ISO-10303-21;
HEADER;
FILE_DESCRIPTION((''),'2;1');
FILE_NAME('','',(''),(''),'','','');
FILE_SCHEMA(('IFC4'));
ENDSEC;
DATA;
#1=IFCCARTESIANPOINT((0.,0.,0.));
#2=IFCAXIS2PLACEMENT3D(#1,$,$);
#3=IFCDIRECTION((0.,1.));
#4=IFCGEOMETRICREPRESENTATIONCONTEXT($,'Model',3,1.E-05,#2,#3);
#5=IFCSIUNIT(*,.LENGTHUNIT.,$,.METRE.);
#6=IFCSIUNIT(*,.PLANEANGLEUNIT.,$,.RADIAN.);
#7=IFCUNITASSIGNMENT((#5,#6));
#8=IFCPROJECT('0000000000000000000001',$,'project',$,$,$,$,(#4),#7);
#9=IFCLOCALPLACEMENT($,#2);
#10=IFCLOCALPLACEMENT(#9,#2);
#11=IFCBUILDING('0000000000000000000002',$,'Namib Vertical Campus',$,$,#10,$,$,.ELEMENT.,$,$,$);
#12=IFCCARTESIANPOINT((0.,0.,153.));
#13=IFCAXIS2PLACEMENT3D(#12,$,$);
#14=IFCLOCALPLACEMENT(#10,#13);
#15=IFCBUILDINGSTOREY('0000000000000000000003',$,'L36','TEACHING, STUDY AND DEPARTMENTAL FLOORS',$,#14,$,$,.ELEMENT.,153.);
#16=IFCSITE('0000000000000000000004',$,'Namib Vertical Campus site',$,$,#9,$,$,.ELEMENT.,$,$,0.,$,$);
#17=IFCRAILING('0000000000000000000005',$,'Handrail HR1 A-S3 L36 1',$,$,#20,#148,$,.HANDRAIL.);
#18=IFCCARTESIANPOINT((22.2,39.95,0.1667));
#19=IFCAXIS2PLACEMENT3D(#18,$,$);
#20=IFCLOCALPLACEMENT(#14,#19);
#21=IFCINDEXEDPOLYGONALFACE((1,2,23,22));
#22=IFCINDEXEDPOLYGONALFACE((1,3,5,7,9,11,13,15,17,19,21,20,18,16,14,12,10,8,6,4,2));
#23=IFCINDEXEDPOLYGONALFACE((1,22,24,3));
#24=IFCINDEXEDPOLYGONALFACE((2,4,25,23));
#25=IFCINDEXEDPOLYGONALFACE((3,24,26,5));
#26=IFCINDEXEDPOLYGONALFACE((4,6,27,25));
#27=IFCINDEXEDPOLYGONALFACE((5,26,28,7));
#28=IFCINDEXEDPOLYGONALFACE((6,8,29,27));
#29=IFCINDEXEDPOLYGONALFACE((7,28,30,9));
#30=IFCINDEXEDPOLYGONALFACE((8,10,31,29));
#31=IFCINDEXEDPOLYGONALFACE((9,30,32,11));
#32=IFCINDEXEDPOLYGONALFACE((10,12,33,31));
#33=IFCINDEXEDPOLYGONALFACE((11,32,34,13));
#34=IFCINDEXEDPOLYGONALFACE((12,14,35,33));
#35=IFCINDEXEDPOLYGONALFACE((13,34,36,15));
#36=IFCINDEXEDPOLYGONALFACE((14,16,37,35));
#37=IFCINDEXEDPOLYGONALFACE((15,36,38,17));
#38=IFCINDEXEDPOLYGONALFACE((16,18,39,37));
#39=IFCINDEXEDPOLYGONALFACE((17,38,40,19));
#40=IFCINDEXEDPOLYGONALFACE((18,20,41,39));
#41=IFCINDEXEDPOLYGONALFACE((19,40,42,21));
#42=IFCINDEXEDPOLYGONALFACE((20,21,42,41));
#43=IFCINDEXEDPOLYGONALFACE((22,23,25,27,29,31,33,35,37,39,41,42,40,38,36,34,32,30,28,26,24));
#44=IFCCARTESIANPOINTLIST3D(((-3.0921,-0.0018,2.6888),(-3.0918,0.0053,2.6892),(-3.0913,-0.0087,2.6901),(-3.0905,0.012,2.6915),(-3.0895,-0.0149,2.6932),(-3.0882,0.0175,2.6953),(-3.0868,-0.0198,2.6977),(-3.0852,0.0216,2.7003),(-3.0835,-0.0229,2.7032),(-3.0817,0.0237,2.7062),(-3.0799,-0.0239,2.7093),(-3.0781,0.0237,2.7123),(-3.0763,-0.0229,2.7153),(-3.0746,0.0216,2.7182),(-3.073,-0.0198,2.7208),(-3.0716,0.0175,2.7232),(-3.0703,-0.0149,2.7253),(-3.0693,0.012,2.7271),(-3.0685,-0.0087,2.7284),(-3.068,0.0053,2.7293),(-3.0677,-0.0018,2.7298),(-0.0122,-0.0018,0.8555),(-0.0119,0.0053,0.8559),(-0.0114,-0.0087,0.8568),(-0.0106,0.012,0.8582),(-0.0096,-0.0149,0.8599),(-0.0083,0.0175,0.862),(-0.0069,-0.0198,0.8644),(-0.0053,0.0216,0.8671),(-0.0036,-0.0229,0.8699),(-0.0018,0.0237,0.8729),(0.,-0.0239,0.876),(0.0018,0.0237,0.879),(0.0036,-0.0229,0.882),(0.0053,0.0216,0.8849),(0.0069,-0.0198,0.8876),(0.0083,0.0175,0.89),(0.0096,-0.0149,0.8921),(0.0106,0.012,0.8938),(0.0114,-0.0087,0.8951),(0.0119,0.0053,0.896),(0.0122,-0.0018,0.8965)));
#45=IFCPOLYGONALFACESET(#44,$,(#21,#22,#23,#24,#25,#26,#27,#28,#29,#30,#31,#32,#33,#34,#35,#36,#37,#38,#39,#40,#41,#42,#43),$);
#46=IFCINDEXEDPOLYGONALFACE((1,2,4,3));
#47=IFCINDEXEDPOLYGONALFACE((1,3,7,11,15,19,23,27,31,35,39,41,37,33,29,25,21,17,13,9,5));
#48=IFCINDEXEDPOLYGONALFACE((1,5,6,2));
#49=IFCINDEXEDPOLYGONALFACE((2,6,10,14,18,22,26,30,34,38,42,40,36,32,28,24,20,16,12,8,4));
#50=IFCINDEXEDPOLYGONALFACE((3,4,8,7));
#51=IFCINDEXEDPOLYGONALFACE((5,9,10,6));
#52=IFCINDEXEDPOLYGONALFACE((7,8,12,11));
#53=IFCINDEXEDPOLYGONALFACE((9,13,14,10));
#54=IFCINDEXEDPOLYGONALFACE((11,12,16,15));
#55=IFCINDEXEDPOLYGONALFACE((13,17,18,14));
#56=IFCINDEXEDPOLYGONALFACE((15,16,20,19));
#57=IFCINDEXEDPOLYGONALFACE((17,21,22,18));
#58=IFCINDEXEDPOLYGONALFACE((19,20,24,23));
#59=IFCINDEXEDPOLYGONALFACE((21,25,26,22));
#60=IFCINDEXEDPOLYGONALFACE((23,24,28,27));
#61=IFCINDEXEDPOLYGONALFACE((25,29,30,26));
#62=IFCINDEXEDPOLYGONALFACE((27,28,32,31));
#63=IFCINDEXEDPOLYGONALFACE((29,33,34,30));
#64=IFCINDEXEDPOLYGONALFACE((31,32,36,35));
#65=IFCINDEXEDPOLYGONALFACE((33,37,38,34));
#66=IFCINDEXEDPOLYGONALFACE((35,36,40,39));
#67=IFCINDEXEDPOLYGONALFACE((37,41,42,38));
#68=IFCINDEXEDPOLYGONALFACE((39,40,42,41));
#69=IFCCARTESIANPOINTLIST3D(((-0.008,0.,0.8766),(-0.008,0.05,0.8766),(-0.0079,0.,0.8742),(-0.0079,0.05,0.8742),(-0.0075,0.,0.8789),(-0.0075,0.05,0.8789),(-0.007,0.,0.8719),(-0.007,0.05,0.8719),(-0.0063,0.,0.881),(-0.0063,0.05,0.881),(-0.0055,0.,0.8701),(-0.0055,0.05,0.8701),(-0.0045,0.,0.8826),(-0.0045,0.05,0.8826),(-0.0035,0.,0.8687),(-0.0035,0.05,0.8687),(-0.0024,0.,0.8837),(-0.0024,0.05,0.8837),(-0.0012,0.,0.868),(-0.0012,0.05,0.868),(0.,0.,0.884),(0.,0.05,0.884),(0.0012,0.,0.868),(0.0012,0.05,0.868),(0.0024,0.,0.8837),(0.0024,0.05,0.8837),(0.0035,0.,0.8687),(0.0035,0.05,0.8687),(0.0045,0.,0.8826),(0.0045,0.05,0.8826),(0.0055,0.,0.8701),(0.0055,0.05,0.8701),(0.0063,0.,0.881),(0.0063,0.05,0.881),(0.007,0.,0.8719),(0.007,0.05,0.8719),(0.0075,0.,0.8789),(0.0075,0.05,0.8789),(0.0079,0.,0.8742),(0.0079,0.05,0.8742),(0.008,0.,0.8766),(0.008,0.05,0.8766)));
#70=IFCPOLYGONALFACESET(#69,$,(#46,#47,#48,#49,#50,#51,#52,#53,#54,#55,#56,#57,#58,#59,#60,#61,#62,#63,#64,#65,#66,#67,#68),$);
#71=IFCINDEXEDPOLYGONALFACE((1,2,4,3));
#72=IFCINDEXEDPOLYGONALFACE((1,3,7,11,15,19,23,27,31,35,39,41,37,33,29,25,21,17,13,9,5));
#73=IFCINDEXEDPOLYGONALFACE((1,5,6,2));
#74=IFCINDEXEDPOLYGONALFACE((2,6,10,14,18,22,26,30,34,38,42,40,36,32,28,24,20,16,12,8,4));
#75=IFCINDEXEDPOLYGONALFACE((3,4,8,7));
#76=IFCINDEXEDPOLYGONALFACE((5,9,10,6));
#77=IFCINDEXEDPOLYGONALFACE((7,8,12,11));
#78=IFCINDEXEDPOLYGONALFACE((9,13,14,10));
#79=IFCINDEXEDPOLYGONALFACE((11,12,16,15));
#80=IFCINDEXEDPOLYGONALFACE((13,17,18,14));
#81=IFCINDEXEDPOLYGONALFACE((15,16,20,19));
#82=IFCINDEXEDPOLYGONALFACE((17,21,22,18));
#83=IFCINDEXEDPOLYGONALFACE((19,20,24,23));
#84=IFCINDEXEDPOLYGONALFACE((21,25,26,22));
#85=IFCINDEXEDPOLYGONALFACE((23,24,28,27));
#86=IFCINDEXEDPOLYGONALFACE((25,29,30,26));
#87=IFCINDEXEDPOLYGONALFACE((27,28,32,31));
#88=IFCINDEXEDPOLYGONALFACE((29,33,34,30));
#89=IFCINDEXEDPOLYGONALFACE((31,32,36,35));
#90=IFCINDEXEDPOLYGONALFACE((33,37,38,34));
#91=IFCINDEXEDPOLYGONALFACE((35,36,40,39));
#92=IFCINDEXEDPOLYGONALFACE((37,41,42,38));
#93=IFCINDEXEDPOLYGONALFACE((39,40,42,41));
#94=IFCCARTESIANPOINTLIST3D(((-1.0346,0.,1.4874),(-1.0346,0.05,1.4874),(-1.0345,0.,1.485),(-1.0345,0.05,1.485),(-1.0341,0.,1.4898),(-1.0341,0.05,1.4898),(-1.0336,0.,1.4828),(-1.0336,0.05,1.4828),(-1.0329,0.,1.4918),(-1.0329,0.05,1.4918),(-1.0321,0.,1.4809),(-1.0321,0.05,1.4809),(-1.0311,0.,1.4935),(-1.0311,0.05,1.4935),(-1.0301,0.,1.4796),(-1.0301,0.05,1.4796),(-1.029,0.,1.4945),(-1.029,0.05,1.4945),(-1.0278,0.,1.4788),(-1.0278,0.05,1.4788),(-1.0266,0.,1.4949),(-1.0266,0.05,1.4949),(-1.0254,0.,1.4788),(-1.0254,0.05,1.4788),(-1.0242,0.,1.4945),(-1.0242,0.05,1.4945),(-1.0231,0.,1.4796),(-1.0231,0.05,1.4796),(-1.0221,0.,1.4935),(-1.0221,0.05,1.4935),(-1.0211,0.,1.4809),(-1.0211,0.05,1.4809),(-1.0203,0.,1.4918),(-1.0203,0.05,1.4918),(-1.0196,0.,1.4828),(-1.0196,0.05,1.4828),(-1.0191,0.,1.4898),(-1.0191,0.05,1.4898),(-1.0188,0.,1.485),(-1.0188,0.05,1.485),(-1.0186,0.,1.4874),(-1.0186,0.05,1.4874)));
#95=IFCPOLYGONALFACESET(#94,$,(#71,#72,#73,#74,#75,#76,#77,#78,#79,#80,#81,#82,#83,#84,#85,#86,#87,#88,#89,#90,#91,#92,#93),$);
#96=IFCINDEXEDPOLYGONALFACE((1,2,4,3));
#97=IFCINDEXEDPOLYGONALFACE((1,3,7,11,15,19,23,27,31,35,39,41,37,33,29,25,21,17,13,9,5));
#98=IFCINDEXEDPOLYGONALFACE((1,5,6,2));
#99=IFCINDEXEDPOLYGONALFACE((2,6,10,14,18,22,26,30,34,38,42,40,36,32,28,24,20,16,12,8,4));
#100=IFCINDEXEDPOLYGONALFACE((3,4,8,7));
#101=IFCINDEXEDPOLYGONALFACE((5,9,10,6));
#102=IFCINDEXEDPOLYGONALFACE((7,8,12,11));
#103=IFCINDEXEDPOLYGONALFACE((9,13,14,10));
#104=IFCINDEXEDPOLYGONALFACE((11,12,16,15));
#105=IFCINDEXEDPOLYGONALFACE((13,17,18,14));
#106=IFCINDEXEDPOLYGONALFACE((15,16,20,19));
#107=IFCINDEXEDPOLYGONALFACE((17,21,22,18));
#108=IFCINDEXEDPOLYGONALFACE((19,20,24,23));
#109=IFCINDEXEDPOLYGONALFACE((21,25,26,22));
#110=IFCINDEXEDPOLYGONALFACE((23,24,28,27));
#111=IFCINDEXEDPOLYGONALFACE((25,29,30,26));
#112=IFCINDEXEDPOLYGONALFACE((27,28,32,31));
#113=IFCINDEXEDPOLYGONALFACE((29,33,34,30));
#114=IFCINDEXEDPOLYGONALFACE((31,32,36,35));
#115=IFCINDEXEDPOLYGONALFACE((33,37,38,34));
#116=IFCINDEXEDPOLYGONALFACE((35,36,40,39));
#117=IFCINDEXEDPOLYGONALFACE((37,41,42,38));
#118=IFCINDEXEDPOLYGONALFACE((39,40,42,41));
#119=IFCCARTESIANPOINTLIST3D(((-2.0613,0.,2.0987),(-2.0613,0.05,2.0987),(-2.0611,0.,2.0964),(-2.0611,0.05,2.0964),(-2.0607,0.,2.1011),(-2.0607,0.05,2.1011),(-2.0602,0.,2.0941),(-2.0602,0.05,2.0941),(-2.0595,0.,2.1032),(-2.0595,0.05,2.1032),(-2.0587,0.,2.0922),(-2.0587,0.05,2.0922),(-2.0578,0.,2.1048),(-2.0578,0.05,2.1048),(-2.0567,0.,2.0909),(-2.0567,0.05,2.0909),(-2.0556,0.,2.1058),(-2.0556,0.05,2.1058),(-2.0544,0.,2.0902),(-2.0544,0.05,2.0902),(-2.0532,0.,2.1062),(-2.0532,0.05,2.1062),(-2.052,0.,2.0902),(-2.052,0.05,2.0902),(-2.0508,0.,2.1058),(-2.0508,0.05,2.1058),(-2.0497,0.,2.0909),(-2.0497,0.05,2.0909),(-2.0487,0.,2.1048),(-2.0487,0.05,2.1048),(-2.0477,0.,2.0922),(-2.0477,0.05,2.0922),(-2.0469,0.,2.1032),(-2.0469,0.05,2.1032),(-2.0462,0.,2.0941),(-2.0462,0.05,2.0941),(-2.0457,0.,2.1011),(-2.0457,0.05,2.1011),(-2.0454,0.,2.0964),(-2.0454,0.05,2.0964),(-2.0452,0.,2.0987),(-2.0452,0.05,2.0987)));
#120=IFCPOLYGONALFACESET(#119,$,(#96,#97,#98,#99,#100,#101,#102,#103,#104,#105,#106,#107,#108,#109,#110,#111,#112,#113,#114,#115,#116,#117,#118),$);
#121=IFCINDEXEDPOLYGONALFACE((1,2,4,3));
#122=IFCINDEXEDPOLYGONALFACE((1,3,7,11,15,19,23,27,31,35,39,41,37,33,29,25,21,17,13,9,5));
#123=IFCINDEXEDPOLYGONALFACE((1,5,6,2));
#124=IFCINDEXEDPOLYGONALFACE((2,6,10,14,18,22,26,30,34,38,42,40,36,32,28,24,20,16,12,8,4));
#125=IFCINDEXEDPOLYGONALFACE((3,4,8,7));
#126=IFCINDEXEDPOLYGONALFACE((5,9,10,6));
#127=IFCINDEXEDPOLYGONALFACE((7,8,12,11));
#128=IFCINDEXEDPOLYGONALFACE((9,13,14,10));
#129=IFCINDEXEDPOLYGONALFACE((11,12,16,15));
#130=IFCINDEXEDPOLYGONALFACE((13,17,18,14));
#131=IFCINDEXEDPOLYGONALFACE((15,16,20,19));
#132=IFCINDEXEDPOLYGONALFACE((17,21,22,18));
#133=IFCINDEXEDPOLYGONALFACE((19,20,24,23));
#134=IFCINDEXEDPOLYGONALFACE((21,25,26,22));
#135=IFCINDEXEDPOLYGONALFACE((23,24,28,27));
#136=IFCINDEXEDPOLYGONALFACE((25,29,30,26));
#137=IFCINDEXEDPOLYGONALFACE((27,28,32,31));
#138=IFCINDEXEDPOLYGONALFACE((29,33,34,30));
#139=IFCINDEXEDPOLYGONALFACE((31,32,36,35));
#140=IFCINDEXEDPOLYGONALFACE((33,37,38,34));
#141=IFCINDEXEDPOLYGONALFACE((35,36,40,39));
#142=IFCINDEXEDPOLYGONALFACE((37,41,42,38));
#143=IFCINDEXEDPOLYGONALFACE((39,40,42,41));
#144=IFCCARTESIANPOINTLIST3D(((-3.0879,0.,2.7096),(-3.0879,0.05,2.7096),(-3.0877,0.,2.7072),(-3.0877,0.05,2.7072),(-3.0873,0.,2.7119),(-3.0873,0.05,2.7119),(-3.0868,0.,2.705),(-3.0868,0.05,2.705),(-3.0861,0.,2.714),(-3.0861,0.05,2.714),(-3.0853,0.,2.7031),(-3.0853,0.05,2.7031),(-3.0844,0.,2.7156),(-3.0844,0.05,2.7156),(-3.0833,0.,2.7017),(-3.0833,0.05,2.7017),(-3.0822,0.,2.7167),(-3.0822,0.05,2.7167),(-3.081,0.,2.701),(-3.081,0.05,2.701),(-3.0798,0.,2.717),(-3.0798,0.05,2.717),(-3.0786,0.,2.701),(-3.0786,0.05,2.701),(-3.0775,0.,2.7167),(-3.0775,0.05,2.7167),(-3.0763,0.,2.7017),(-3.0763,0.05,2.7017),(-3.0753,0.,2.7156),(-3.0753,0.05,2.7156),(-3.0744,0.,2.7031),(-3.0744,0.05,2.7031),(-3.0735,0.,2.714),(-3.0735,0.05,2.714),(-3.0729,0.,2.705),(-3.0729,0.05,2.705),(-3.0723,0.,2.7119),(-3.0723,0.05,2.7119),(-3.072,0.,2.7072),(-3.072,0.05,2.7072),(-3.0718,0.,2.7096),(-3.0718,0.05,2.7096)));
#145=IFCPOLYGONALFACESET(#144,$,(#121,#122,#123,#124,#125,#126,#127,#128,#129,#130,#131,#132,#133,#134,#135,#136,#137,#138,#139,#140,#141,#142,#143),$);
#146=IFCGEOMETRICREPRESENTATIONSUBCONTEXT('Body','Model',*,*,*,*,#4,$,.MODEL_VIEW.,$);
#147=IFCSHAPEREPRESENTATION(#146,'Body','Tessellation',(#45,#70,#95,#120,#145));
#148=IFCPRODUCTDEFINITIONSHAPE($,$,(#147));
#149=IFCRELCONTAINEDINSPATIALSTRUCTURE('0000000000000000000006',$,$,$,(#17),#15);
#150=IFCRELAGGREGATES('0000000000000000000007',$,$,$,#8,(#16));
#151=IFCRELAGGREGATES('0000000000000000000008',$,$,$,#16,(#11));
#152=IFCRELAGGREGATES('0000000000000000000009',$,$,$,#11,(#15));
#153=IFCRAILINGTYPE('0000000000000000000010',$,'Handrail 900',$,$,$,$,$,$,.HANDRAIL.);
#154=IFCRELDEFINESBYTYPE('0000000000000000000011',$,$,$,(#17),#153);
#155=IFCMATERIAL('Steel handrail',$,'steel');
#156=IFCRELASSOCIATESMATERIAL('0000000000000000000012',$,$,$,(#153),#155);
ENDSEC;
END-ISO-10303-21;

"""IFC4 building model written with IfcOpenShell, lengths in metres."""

from ifc_helpers import new_model, si_unit, direction, frame, origin, origin_2d, place, context, subcontext, project, spatial, circle, extrude, material, type_object, element, save


model = new_model("IFC4")

# Units and contexts
model_context = context("Model", 3, precision=1e-05, world=origin(), true_north=direction((0.0, 1.0)))
body_context = subcontext(model_context, "Body", "Model", "MODEL_VIEW")
ifc_project = project(units=[si_unit("LENGTHUNIT", "METRE"), si_unit("PLANEANGLEUNIT", "RADIAN")], contexts=[model_context])

# Site, building, storey
site_placement = place(None, origin())
site = spatial("IfcSite", under=ifc_project, at=site_placement, Name="Namib Vertical Campus site", CompositionType="ELEMENT", RefElevation=0.0)
building_placement = place(site_placement, origin())
building = spatial("IfcBuilding", under=site, at=building_placement, Name="Namib Vertical Campus", CompositionType="ELEMENT")
storey_placement = place(building_placement, frame((0.0, 0.0, 153.0)))
storey = spatial("IfcBuildingStorey", under=building, at=storey_placement, Name="L36", Description="TEACHING, STUDY AND DEPARTMENTAL FLOORS", CompositionType="ELEMENT", Elevation=153.0)

# Railing
ifc_material_1 = material(Name="Steel handrail", Category="steel")
railing_type_1 = type_object("IfcRailingType", Name="Handrail 900", PredefinedType="HANDRAIL", material=ifc_material_1)
railing_1_placement = place(storey_placement, frame((22.2, 39.95, 0.1667)))
element("IfcRailing", 1, at=railing_1_placement, inside=storey, type_object=railing_type_1, Name="Handrail HR1 A-S3 L36 1", PredefinedType="HANDRAIL", context=body_context, shape_type="SweptSolid", body=[
    extrude(circle(Radius=0.0239, at=origin_2d()), frame((0.0, 0.0, 0.876), z_axis=(-0.859291, 0.0, 0.511487), x_axis=(0.0, -1.0, 0.0)), (0.0, 0.0, 1.0), 3.5842),
    extrude(circle(Radius=0.0081, at=origin_2d()), frame((0.0, 0.0, 0.876), z_axis=(0.0, 1.0, 0.0), x_axis=(0.0, 0.0, 1.0)), (0.0, 0.0, 1.0), 0.05),
    extrude(circle(Radius=0.0081, at=origin_2d()), frame((-1.0266, 0.0, 1.4868), z_axis=(0.0, 1.0, 0.0), x_axis=(0.0, 0.0, 1.0)), (0.0, 0.0, 1.0), 0.05),
    extrude(circle(Radius=0.0081, at=origin_2d()), frame((-2.0532, 0.0, 2.0981), z_axis=(0.0, 1.0, 0.0), x_axis=(0.0, 0.0, 1.0)), (0.0, 0.0, 1.0), 0.05),
    extrude(circle(Radius=0.0081, at=origin_2d()), frame((-3.0798, 0.0, 2.709), z_axis=(0.0, 1.0, 0.0), x_axis=(0.0, 0.0, 1.0)), (0.0, 0.0, 1.0), 0.05),
])

save(model, "model.ifc")
